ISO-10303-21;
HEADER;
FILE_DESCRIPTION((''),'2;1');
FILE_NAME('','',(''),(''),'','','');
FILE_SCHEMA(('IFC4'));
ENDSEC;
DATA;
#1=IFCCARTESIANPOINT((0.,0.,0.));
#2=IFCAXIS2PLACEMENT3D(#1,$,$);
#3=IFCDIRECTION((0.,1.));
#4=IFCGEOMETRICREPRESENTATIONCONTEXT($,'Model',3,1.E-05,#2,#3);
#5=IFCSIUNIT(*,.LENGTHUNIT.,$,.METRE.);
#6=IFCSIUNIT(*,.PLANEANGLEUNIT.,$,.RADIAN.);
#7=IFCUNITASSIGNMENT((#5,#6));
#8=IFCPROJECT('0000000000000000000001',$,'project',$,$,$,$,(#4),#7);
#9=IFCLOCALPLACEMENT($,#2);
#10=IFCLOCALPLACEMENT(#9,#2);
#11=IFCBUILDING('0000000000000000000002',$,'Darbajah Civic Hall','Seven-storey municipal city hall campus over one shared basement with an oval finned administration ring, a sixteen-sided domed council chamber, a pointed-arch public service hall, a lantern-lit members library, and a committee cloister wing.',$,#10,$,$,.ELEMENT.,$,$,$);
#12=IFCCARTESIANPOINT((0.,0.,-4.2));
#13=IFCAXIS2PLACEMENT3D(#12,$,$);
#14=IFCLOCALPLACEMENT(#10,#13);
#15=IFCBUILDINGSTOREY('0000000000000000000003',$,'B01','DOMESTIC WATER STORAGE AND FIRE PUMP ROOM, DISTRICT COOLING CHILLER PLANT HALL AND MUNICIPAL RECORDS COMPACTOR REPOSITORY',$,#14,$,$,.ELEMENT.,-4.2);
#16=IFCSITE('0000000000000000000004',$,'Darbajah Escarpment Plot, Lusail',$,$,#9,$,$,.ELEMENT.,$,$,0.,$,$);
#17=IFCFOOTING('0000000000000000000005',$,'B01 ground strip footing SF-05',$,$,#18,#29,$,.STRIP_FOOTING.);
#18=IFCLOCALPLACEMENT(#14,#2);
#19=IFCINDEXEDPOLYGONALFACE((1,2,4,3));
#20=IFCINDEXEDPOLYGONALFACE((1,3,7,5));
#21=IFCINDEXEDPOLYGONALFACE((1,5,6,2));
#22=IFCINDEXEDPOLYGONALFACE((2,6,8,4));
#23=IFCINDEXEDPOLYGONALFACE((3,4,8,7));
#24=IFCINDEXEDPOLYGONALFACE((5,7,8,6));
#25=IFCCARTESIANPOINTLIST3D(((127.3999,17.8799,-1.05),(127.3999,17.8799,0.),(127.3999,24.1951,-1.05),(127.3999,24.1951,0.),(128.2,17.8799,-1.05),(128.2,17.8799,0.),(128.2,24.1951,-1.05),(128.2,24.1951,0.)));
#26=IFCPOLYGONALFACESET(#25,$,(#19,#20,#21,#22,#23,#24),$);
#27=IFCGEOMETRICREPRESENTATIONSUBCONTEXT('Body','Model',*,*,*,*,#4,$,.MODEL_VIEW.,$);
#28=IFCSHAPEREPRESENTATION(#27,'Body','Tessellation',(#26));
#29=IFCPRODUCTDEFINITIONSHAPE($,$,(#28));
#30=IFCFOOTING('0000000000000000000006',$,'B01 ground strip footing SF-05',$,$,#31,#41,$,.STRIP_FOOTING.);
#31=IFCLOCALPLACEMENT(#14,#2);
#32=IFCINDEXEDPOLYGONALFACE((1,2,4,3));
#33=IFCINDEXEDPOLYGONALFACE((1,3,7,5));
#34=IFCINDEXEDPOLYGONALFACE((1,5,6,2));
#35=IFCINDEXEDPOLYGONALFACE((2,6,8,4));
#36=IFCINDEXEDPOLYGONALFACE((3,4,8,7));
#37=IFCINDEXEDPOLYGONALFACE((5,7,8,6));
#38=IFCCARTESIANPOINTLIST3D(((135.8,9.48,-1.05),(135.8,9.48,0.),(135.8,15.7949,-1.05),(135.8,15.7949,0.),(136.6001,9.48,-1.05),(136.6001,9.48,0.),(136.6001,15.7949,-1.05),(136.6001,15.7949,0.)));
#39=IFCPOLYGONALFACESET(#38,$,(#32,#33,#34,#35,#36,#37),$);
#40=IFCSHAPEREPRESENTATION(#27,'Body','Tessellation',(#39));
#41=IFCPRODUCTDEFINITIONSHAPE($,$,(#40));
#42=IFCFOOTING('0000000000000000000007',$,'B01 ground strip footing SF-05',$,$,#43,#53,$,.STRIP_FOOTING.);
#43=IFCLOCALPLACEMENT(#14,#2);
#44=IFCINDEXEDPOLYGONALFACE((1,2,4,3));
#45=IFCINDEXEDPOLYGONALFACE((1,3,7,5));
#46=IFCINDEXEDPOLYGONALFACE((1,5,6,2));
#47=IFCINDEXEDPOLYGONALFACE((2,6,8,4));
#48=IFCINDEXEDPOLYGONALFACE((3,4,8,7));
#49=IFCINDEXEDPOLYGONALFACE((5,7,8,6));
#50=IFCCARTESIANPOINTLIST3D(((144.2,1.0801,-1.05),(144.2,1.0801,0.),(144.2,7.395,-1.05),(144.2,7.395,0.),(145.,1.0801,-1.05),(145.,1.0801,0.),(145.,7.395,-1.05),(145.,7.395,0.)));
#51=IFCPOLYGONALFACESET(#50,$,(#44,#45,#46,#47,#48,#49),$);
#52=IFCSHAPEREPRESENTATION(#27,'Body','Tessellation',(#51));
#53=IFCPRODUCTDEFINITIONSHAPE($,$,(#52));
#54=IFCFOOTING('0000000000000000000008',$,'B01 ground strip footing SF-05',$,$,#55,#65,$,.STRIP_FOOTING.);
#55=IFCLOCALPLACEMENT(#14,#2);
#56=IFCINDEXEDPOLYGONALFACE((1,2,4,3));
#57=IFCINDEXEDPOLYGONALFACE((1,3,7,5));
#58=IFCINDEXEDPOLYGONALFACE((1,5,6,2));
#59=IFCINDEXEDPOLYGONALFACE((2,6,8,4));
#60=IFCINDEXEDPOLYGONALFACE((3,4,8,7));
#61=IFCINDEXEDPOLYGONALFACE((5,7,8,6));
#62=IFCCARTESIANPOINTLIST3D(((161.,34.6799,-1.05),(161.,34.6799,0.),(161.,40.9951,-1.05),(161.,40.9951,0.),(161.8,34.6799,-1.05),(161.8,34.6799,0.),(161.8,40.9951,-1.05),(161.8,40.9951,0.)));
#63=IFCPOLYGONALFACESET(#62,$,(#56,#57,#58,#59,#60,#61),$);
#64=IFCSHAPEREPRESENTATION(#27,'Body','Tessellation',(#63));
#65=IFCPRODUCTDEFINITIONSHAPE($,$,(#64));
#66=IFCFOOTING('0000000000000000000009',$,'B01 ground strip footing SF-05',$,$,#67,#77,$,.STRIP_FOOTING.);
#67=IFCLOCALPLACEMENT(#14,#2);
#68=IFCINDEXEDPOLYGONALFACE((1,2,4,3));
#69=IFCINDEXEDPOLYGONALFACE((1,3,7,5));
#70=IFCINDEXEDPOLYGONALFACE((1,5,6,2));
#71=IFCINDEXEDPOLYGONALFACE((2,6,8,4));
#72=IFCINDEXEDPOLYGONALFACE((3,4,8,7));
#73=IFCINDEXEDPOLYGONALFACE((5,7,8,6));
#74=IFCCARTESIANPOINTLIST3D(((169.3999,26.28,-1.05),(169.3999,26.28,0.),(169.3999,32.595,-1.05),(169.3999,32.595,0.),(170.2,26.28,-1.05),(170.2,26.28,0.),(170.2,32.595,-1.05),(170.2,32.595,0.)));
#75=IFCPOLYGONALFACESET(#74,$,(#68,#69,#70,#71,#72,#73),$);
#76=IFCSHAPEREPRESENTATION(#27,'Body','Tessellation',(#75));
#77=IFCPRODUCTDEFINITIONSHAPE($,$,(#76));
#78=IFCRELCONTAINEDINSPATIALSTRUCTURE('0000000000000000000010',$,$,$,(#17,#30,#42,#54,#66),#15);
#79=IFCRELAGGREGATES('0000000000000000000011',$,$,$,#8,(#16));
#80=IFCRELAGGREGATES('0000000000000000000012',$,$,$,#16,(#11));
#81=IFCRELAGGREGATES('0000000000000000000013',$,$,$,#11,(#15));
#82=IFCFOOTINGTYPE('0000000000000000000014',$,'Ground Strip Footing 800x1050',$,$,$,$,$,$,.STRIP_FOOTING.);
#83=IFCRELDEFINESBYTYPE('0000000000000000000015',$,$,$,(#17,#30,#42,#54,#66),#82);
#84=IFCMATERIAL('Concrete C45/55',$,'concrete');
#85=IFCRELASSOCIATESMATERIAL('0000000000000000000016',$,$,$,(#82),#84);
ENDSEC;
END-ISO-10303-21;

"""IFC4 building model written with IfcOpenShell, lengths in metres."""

from ifc_helpers import new_model, si_unit, direction, frame, origin, place, context, subcontext, project, spatial, polyline, outline, extrude, material, type_object, element, save


model = new_model("IFC4")

# Units and contexts
model_context = context("Model", 3, precision=1e-05, world=origin(), true_north=direction((0.0, 1.0)))
body_context = subcontext(model_context, "Body", "Model", "MODEL_VIEW")
ifc_project = project(units=[si_unit("LENGTHUNIT", "METRE"), si_unit("PLANEANGLEUNIT", "RADIAN")], contexts=[model_context])

# Site, building, storey
site_placement = place(None, origin())
site = spatial("IfcSite", under=ifc_project, at=site_placement, Name="Darbajah Escarpment Plot, Lusail", CompositionType="ELEMENT", RefElevation=0.0)
building_placement = place(site_placement, origin())
building = spatial("IfcBuilding", under=site, at=building_placement, Name="Darbajah Civic Hall", Description="Seven-storey municipal city hall campus over one shared basement with an oval finned administration ring, a sixteen-sided domed council chamber, a pointed-arch public service hall, a lantern-lit members library, and a committee cloister wing.", CompositionType="ELEMENT")
storey_placement = place(building_placement, frame((0.0, 0.0, -4.2)))
storey = spatial("IfcBuildingStorey", under=building, at=storey_placement, Name="B01", Description="DOMESTIC WATER STORAGE AND FIRE PUMP ROOM, DISTRICT COOLING CHILLER PLANT HALL AND MUNICIPAL RECORDS COMPACTOR REPOSITORY", CompositionType="ELEMENT", Elevation=-4.2)

# Footings
ifc_material = material(Name="Concrete C45/55", Category="concrete")
footing_type_1 = type_object("IfcFootingType", Name="Ground Strip Footing 800x1050", PredefinedType="STRIP_FOOTING", material=ifc_material)
footing_1_placement = place(storey_placement, frame((0.0, 0.0, -1.05)))
element("IfcFooting", 1, at=footing_1_placement, inside=storey, type_object=footing_type_1, Name="B01 ground strip footing SF-05", PredefinedType="STRIP_FOOTING", context=body_context, shape_type="SweptSolid", body=[
    extrude(outline(polyline([(128.2, 17.8799), (128.2, 24.1951), (127.3999, 24.1951), (127.3999, 17.8799), (128.2, 17.8799)])), origin(), (0.0, 0.0, 1.0), 1.05),
])
footing_2_placement = place(storey_placement, frame((0.0, 0.0, -1.05)))
element("IfcFooting", 2, at=footing_2_placement, inside=storey, type_object=footing_type_1, Name="B01 ground strip footing SF-05", PredefinedType="STRIP_FOOTING", context=body_context, shape_type="SweptSolid", body=[
    extrude(outline(polyline([(136.6001, 9.48), (136.6001, 15.7949), (135.8, 15.7949), (135.8, 9.48), (136.6001, 9.48)])), origin(), (0.0, 0.0, 1.0), 1.05),
])
footing_3_placement = place(storey_placement, frame((0.0, 0.0, -1.05)))
element("IfcFooting", 3, at=footing_3_placement, inside=storey, type_object=footing_type_1, Name="B01 ground strip footing SF-05", PredefinedType="STRIP_FOOTING", context=body_context, shape_type="SweptSolid", body=[
    extrude(outline(polyline([(145.0, 1.0801), (145.0, 7.395), (144.2, 7.395), (144.2, 1.0801), (145.0, 1.0801)])), origin(), (0.0, 0.0, 1.0), 1.05),
])
footing_4_placement = place(storey_placement, frame((0.0, 0.0, -1.05)))
element("IfcFooting", 4, at=footing_4_placement, inside=storey, type_object=footing_type_1, Name="B01 ground strip footing SF-05", PredefinedType="STRIP_FOOTING", context=body_context, shape_type="SweptSolid", body=[
    extrude(outline(polyline([(161.8, 34.6799), (161.8, 40.9951), (161.0, 40.9951), (161.0, 34.6799), (161.8, 34.6799)])), origin(), (0.0, 0.0, 1.0), 1.05),
])
footing_5_placement = place(storey_placement, frame((0.0, 0.0, -1.05)))
element("IfcFooting", 5, at=footing_5_placement, inside=storey, type_object=footing_type_1, Name="B01 ground strip footing SF-05", PredefinedType="STRIP_FOOTING", context=body_context, shape_type="SweptSolid", body=[
    extrude(outline(polyline([(170.2, 26.28), (170.2, 32.595), (169.3999, 32.595), (169.3999, 26.28), (170.2, 26.28)])), origin(), (0.0, 0.0, 1.0), 1.05),
])

save(model, "model.ifc")
